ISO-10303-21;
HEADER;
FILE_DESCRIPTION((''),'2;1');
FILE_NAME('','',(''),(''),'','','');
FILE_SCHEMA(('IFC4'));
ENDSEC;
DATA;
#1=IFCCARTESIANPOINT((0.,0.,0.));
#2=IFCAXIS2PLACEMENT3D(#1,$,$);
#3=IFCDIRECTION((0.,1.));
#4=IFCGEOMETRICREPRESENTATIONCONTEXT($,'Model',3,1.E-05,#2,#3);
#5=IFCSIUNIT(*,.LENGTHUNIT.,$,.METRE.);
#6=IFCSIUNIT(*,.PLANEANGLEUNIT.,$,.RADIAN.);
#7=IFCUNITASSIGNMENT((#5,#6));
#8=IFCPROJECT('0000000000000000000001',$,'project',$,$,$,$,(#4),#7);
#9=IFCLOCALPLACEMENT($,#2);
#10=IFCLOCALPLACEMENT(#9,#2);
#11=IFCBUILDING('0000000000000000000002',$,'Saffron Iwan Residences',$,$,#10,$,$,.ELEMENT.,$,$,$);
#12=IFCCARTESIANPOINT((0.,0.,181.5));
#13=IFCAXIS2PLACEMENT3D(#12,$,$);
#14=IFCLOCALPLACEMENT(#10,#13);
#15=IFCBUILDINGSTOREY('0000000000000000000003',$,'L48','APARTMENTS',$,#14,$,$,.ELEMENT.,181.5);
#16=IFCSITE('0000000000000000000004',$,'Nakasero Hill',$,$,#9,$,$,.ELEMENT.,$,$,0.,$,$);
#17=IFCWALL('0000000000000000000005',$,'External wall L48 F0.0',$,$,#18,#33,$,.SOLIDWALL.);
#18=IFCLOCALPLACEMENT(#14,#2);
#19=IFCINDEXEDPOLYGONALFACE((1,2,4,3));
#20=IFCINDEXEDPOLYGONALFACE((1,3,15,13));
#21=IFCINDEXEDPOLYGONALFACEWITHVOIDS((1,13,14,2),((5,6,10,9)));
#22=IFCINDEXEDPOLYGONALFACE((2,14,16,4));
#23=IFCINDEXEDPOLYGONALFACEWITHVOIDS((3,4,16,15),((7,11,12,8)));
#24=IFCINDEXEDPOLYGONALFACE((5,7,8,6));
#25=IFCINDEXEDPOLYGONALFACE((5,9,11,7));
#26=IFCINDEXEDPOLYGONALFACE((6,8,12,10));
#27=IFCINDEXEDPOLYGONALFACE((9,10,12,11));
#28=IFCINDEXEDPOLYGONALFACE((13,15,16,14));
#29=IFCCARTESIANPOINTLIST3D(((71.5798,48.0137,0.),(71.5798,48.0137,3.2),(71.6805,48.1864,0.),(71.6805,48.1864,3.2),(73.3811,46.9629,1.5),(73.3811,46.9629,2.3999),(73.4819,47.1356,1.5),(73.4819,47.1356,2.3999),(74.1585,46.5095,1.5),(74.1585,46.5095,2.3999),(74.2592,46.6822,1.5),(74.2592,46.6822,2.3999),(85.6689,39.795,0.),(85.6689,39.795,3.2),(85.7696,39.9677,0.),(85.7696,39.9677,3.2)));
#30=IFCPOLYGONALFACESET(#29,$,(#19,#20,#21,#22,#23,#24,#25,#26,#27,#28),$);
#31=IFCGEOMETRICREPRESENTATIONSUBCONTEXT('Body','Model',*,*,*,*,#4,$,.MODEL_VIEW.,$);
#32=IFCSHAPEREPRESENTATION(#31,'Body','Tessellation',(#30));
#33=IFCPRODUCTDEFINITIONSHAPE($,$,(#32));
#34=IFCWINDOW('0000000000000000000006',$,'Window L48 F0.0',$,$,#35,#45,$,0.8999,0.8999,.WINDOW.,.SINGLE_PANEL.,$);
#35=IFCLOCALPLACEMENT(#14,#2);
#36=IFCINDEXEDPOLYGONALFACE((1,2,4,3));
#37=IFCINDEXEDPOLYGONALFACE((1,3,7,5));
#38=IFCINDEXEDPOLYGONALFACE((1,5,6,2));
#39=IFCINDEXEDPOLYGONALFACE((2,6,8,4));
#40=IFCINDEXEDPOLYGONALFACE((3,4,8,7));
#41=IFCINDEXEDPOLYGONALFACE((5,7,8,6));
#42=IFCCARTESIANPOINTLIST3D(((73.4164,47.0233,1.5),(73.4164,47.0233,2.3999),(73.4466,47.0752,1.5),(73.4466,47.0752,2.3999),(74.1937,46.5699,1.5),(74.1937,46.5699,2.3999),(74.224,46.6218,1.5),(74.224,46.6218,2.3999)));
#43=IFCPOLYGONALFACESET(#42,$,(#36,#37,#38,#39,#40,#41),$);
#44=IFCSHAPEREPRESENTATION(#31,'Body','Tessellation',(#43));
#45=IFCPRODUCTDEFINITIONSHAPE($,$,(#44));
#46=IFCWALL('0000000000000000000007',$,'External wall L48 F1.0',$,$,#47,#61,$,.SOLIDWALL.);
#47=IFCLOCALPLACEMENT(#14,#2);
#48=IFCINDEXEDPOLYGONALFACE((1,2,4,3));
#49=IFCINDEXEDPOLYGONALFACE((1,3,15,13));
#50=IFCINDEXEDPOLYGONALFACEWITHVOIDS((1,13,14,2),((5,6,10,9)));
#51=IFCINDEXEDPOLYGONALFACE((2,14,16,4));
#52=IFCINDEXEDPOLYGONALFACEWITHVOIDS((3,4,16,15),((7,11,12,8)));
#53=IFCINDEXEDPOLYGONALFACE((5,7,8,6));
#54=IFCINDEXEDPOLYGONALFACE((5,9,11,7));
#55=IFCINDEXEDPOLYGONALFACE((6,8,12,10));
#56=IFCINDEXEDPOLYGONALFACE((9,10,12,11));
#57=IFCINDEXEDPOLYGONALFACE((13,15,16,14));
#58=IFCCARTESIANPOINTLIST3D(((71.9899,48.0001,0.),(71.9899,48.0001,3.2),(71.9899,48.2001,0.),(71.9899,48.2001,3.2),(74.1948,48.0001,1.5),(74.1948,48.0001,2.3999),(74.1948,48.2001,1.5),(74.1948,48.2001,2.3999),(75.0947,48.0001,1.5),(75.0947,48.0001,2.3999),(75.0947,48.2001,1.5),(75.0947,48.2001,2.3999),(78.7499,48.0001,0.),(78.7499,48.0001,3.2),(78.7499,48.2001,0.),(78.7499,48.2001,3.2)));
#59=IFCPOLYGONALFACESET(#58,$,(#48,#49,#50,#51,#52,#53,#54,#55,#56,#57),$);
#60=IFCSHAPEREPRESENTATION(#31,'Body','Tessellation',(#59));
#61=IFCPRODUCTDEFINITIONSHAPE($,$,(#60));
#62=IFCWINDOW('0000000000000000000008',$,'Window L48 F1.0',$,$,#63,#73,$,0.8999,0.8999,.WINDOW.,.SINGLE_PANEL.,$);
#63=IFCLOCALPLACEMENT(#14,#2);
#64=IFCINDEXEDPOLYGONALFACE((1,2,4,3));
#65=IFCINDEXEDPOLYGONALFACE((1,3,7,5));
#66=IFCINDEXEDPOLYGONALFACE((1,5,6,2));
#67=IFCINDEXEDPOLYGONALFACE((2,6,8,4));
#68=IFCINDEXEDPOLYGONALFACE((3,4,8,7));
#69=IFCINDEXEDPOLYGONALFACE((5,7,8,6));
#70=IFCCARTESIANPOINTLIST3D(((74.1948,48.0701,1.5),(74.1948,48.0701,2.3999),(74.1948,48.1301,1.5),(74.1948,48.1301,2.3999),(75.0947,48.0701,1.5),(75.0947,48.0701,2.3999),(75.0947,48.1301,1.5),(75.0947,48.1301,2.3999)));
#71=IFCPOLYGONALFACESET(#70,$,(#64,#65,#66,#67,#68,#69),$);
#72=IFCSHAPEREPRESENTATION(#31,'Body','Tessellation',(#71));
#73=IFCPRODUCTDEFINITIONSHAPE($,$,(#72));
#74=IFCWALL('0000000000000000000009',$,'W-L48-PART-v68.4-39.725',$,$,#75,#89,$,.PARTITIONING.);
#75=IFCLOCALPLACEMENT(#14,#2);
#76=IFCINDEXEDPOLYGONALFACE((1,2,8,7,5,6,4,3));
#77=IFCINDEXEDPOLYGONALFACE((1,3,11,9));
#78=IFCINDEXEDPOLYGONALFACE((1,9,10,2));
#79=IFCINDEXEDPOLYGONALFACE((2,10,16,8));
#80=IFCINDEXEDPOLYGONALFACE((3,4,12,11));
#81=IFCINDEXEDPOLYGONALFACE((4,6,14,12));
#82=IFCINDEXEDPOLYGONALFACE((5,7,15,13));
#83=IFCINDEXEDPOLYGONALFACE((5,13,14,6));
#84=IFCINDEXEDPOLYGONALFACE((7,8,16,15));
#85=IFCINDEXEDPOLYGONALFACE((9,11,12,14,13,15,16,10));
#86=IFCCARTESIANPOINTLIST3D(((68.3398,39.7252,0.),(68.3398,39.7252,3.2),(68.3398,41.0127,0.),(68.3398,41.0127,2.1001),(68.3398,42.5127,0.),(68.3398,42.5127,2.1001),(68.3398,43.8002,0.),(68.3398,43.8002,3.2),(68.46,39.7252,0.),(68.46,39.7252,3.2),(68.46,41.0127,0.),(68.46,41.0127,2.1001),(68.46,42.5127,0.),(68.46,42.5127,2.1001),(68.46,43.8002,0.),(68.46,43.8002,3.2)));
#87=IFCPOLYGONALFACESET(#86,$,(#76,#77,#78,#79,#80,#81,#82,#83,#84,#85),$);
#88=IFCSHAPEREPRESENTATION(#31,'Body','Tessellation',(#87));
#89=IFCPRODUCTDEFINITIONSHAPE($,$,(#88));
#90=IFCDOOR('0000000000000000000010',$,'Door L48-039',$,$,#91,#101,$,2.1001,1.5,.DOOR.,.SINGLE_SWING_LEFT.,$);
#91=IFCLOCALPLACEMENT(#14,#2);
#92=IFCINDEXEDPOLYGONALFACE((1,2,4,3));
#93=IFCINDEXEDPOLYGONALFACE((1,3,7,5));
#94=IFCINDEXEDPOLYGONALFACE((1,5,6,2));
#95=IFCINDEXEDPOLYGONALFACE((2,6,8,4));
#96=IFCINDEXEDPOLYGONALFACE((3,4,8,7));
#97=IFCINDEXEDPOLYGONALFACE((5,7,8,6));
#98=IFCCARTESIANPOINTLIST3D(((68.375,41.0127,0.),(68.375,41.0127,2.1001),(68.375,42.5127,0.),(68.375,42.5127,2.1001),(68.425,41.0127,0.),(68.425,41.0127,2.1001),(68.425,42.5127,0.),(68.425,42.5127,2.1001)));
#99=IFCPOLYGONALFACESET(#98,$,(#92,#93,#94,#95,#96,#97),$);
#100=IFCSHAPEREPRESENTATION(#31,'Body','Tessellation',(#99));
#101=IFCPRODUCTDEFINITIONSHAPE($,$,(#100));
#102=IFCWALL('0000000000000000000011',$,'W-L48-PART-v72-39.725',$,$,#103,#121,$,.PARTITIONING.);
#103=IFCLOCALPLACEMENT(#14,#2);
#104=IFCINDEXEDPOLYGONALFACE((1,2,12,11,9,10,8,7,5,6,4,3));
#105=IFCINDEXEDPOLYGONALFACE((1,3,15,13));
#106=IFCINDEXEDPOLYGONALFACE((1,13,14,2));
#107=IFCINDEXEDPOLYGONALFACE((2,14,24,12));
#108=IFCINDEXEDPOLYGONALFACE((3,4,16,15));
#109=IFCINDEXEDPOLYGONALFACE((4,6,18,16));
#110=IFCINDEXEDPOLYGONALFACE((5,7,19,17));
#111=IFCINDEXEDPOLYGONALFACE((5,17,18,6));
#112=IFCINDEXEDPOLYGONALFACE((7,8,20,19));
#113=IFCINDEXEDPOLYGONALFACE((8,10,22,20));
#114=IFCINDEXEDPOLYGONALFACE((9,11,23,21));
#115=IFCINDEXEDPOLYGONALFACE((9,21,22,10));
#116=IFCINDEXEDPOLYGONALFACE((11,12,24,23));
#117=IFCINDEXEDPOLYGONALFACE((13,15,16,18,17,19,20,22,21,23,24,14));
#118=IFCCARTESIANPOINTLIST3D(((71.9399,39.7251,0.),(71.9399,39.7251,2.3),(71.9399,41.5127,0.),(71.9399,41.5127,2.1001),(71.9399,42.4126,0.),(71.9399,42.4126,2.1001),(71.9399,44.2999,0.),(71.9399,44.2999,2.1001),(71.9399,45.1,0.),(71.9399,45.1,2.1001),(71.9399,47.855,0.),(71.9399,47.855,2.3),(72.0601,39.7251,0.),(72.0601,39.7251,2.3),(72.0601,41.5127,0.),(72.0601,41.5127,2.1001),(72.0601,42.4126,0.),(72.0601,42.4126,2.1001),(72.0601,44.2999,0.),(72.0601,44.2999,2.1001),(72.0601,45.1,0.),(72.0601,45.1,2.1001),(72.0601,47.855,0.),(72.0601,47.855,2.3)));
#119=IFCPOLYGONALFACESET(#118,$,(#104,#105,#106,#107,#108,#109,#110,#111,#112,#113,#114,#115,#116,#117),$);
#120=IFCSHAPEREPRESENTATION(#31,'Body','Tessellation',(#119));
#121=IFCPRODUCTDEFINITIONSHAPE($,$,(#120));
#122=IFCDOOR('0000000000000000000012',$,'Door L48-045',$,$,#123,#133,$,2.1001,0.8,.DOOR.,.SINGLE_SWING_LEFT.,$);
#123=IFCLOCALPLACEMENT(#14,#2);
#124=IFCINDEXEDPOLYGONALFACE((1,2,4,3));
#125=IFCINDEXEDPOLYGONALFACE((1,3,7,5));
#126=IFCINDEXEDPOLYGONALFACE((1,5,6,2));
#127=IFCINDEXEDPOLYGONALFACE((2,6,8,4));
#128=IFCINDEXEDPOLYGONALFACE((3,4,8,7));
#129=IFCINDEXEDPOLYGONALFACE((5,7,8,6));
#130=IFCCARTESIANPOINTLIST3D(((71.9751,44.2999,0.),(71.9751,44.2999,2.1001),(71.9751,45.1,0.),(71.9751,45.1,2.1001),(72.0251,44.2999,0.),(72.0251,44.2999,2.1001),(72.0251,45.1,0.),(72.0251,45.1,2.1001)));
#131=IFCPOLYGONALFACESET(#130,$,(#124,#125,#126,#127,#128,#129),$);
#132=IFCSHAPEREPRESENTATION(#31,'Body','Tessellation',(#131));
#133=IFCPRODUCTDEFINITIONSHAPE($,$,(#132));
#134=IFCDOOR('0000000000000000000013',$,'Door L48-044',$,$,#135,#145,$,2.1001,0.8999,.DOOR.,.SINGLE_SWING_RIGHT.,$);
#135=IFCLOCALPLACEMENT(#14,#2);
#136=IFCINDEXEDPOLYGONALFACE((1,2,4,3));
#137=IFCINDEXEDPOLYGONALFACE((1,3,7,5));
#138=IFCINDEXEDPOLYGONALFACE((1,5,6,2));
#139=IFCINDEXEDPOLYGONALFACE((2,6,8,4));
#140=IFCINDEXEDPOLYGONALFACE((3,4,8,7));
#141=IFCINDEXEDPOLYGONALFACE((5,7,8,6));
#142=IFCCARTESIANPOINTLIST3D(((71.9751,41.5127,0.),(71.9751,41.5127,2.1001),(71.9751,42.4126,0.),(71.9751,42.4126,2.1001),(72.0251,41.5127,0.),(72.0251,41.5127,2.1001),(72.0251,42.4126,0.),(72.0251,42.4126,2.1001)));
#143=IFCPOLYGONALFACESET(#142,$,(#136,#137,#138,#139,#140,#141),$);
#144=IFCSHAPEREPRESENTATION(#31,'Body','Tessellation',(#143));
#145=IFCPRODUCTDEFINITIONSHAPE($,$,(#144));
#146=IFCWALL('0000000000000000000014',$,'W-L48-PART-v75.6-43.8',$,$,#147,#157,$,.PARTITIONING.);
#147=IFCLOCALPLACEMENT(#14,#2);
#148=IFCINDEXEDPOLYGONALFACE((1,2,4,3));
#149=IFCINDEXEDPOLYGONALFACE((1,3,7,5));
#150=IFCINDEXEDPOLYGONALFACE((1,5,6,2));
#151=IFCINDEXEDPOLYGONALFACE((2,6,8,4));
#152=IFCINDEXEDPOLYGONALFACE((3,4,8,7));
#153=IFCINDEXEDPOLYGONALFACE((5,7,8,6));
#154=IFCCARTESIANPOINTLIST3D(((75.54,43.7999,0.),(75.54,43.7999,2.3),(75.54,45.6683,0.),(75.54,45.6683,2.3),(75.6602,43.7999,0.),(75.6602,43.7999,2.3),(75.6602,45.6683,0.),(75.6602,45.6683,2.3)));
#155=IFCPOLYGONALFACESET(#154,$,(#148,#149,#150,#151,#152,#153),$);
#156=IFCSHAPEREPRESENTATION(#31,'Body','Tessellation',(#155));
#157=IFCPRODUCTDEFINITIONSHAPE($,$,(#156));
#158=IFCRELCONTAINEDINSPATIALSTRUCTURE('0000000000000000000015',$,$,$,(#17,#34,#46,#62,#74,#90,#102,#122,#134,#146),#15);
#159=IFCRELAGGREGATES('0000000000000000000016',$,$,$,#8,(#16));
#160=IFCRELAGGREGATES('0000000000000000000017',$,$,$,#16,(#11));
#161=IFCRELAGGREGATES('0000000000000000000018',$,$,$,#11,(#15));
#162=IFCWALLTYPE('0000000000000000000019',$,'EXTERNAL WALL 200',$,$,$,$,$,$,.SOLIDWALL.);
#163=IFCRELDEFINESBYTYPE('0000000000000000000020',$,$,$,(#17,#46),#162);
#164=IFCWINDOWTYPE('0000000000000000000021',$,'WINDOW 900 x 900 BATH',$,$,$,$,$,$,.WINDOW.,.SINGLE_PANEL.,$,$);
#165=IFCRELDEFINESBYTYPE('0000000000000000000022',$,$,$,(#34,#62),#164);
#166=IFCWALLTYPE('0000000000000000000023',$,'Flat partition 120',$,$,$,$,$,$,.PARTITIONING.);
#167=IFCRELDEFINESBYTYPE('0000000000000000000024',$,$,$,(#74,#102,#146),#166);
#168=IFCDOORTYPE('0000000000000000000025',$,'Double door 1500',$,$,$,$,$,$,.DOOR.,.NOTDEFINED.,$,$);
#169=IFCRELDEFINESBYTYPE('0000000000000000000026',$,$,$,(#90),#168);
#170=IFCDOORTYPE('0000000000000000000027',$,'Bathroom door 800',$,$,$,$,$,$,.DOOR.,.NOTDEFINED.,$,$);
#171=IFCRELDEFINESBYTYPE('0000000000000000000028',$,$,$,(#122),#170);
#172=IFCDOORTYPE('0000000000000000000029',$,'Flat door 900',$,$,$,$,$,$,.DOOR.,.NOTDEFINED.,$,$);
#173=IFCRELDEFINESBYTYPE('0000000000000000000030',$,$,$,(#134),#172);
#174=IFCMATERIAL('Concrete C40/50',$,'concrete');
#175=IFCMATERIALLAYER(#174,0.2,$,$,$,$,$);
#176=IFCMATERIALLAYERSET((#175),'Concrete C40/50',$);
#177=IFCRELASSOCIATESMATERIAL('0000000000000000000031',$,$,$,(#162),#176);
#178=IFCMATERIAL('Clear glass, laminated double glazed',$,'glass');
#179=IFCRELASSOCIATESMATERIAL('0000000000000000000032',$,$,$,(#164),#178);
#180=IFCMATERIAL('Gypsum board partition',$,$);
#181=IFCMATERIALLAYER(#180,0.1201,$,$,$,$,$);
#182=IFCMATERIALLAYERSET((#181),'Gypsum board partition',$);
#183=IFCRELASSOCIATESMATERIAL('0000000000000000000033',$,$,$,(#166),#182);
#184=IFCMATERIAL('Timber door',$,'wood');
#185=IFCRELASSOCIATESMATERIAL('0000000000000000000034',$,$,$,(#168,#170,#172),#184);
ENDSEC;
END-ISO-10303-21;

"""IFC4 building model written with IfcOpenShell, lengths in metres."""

from ifc_helpers import new_model, si_unit, direction, frame, frame_2d, origin, place, context, subcontext, project, spatial, rectangle, extrude, material, layer, layer_set, type_object, element, fill, save


model = new_model("IFC4")

# Units and contexts
model_context = context("Model", 3, precision=1e-05, world=origin(), true_north=direction((0.0, 1.0)))
body_context = subcontext(model_context, "Body", "Model", "MODEL_VIEW")
ifc_project = project(units=[si_unit("LENGTHUNIT", "METRE"), si_unit("PLANEANGLEUNIT", "RADIAN")], contexts=[model_context])

# Site, building, storey
site_placement = place(None, origin())
site = spatial("IfcSite", under=ifc_project, at=site_placement, Name="Nakasero Hill", CompositionType="ELEMENT", RefElevation=0.0)
building_placement = place(site_placement, origin())
building = spatial("IfcBuilding", under=site, at=building_placement, Name="Saffron Iwan Residences", CompositionType="ELEMENT")
storey_placement = place(building_placement, frame((0.0, 0.0, 181.5)))
storey = spatial("IfcBuildingStorey", under=building, at=storey_placement, Name="L48", Description="APARTMENTS", CompositionType="ELEMENT", Elevation=181.5)

# Walls, openings, windows
ifc_material_1 = material(Name="Concrete C40/50", Category="concrete")
ifc_layer_1 = layer(ifc_material_1, 0.2)
ifc_layer_set_1 = layer_set([ifc_layer_1], Name="Concrete C40/50")
wall_type_1 = type_object("IfcWallType", Name="EXTERNAL WALL 200", PredefinedType="SOLIDWALL", material=ifc_layer_set_1)
wall_1_placement = place(storey_placement, frame((85.7192, 39.8813, 0.0), z_axis=(0.0, 0.0, 1.0), x_axis=(-0.863776, 0.503876, 0.0)))
wall_1 = element("IfcWall", 1, at=wall_1_placement, inside=storey, type_object=wall_type_1, Name="External wall L48 F0.0", PredefinedType="SOLIDWALL", context=body_context, shape_type="SweptSolid", body=[
    extrude(rectangle(XDim=16.311, YDim=0.2, at=frame_2d((8.1555, 0.0))), origin(), (0.0, 0.0, 1.0), 3.2),
])
opening_1_placement = place(wall_1_placement, frame((13.3257, 0.0, 1.5)))
opening_1 = element("IfcOpeningElement", 2, at=opening_1_placement, cuts=wall_1, PredefinedType="OPENING", context=body_context, shape_type="SweptSolid", body=[
    extrude(rectangle(XDim=0.8999, YDim=0.8999, at=frame_2d((0.45, 0.45))), frame((0.0, 0.1099, 0.0), z_axis=(0.0, -1.0, 0.0), x_axis=(1.0, 0.0, 0.0)), (0.0, 0.0, 1.0), 0.22),
])
ifc_material_2 = material(Name="Clear glass, laminated double glazed", Category="glass")
window_type = type_object("IfcWindowType", Name="WINDOW 900 x 900 BATH", PartitioningType="SINGLE_PANEL", PredefinedType="WINDOW", material=ifc_material_2)
window_1_placement = place(opening_1_placement, origin())
window_1 = element("IfcWindow", 3, at=window_1_placement, inside=storey, type_object=window_type, Name="Window L48 F0.0", OverallHeight=0.8999, OverallWidth=0.8999, PartitioningType="SINGLE_PANEL", PredefinedType="WINDOW", context=body_context, shape_type="SweptSolid", body=[
    extrude(rectangle(XDim=0.8999, YDim=0.8999, at=frame_2d((0.45, 0.45))), frame((0.0, 0.03, 0.0), z_axis=(0.0, -1.0, 0.0), x_axis=(1.0, 0.0, 0.0)), (0.0, 0.0, 1.0), 0.0601),
])
fill(opening_1, window_1)
wall_2_placement = place(storey_placement, frame((71.99, 48.1001, 0.0), z_axis=(0.0, 0.0, 1.0), x_axis=(1.0, 0.0, 0.0)))
wall_2 = element("IfcWall", 4, at=wall_2_placement, inside=storey, type_object=wall_type_1, Name="External wall L48 F1.0", PredefinedType="SOLIDWALL", context=body_context, shape_type="SweptSolid", body=[
    extrude(rectangle(XDim=6.76, YDim=0.2, at=frame_2d((3.3799, 0.0))), origin(), (0.0, 0.0, 1.0), 3.2),
])
opening_2_placement = place(wall_2_placement, frame((2.2048, 0.0, 1.5)))
opening_2 = element("IfcOpeningElement", 5, at=opening_2_placement, cuts=wall_2, PredefinedType="OPENING", context=body_context, shape_type="SweptSolid", body=[
    extrude(rectangle(XDim=0.8999, YDim=0.8999, at=frame_2d((0.45, 0.45))), frame((0.0, 0.1099, 0.0), z_axis=(0.0, -1.0, 0.0), x_axis=(1.0, 0.0, 0.0)), (0.0, 0.0, 1.0), 0.22),
])
window_2_placement = place(opening_2_placement, origin())
window_2 = element("IfcWindow", 6, at=window_2_placement, inside=storey, type_object=window_type, Name="Window L48 F1.0", OverallHeight=0.8999, OverallWidth=0.8999, PartitioningType="SINGLE_PANEL", PredefinedType="WINDOW", context=body_context, shape_type="SweptSolid", body=[
    extrude(rectangle(XDim=0.8999, YDim=0.8999, at=frame_2d((0.45, 0.45))), frame((0.0, 0.03, 0.0), z_axis=(0.0, -1.0, 0.0), x_axis=(1.0, 0.0, 0.0)), (0.0, 0.0, 1.0), 0.0601),
])
fill(opening_2, window_2)

# Wall, opening, door
ifc_material_3 = material(Name="Gypsum board partition")
ifc_layer_2 = layer(ifc_material_3, 0.1201)
ifc_layer_set_2 = layer_set([ifc_layer_2], Name="Gypsum board partition")
wall_type_2 = type_object("IfcWallType", Name="Flat partition 120", PredefinedType="PARTITIONING", material=ifc_layer_set_2)
wall_3_placement = place(storey_placement, frame((68.3999, 39.7251, 0.0), z_axis=(0.0, 0.0, 1.0), x_axis=(0.0, 1.0, 0.0)))
wall_3 = element("IfcWall", 7, at=wall_3_placement, inside=storey, type_object=wall_type_2, Name="W-L48-PART-v68.4-39.725", PredefinedType="PARTITIONING", context=body_context, shape_type="SweptSolid", body=[
    extrude(rectangle(XDim=4.075, YDim=0.1201, at=frame_2d((2.0376, 0.0))), origin(), (0.0, 0.0, 1.0), 3.2),
])
opening_3_placement = place(wall_3_placement, frame((1.2876, 0.0, 0.0)))
opening_3 = element("IfcOpeningElement", 8, at=opening_3_placement, cuts=wall_3, PredefinedType="OPENING", context=body_context, shape_type="SweptSolid", body=[
    extrude(rectangle(XDim=1.5, YDim=2.1001, at=frame_2d((0.75, 1.05))), frame((0.0, 0.0701, 0.0), z_axis=(0.0, -1.0, 0.0), x_axis=(1.0, 0.0, 0.0)), (0.0, 0.0, 1.0), 0.1401),
])
ifc_material_4 = material(Name="Timber door", Category="wood")
door_type_1 = type_object("IfcDoorType", Name="Double door 1500", OperationType="NOTDEFINED", PredefinedType="DOOR", material=ifc_material_4)
door_1_placement = place(opening_3_placement, origin())
door_1 = element("IfcDoor", 9, at=door_1_placement, inside=storey, type_object=door_type_1, Name="Door L48-039", OperationType="SINGLE_SWING_LEFT", OverallHeight=2.1001, OverallWidth=1.5, PredefinedType="DOOR", context=body_context, shape_type="SweptSolid", body=[
    extrude(rectangle(XDim=1.5, YDim=2.1001, at=frame_2d((0.75, 1.05))), frame((0.0, 0.0249, 0.0), z_axis=(0.0, -1.0, 0.0), x_axis=(1.0, 0.0, 0.0)), (0.0, 0.0, 1.0), 0.05),
])
fill(opening_3, door_1)

# Wall, openings, doors
wall_4_placement = place(storey_placement, frame((72.0, 39.7251, 0.0), z_axis=(0.0, 0.0, 1.0), x_axis=(0.0, 1.0, 0.0)))
wall_4 = element("IfcWall", 10, at=wall_4_placement, inside=storey, type_object=wall_type_2, Name="W-L48-PART-v72-39.725", PredefinedType="PARTITIONING", context=body_context, shape_type="SweptSolid", body=[
    extrude(rectangle(XDim=8.1299, YDim=0.1201, at=frame_2d((4.0649, 0.0))), origin(), (0.0, 0.0, 1.0), 2.3),
])
opening_4_placement = place(wall_4_placement, frame((1.7876, 0.0, 0.0)))
opening_4 = element("IfcOpeningElement", 11, at=opening_4_placement, cuts=wall_4, PredefinedType="OPENING", context=body_context, shape_type="SweptSolid", body=[
    extrude(rectangle(XDim=0.8999, YDim=2.1001, at=frame_2d((0.45, 1.05))), frame((0.0, 0.0701, 0.0), z_axis=(0.0, -1.0, 0.0), x_axis=(1.0, 0.0, 0.0)), (0.0, 0.0, 1.0), 0.1401),
])
opening_5_placement = place(wall_4_placement, frame((4.575, 0.0, 0.0)))
opening_5 = element("IfcOpeningElement", 12, at=opening_5_placement, cuts=wall_4, PredefinedType="OPENING", context=body_context, shape_type="SweptSolid", body=[
    extrude(rectangle(XDim=0.8, YDim=2.1001, at=frame_2d((0.3999, 1.05))), frame((0.0, 0.0701, 0.0), z_axis=(0.0, -1.0, 0.0), x_axis=(1.0, 0.0, 0.0)), (0.0, 0.0, 1.0), 0.1401),
])
door_type_2 = type_object("IfcDoorType", Name="Bathroom door 800", OperationType="NOTDEFINED", PredefinedType="DOOR", material=ifc_material_4)
door_2_placement = place(opening_5_placement, origin())
door_2 = element("IfcDoor", 13, at=door_2_placement, inside=storey, type_object=door_type_2, Name="Door L48-045", OperationType="SINGLE_SWING_LEFT", OverallHeight=2.1001, OverallWidth=0.8, PredefinedType="DOOR", context=body_context, shape_type="SweptSolid", body=[
    extrude(rectangle(XDim=0.8, YDim=2.1001, at=frame_2d((0.3999, 1.05))), frame((0.0, 0.0249, 0.0), z_axis=(0.0, -1.0, 0.0), x_axis=(1.0, 0.0, 0.0)), (0.0, 0.0, 1.0), 0.05),
])
fill(opening_5, door_2)
door_type_3 = type_object("IfcDoorType", Name="Flat door 900", OperationType="NOTDEFINED", PredefinedType="DOOR", material=ifc_material_4)
door_3_placement = place(opening_4_placement, origin())
door_3 = element("IfcDoor", 14, at=door_3_placement, inside=storey, type_object=door_type_3, Name="Door L48-044", OperationType="SINGLE_SWING_RIGHT", OverallHeight=2.1001, OverallWidth=0.8999, PredefinedType="DOOR", context=body_context, shape_type="SweptSolid", body=[
    extrude(rectangle(XDim=0.8999, YDim=2.1001, at=frame_2d((0.45, 1.05))), frame((0.0, 0.0249, 0.0), z_axis=(0.0, -1.0, 0.0), x_axis=(1.0, 0.0, 0.0)), (0.0, 0.0, 1.0), 0.05),
])
fill(opening_4, door_3)

# Wall
wall_5_placement = place(storey_placement, frame((75.6001, 43.8, 0.0), z_axis=(0.0, 0.0, 1.0), x_axis=(0.0, 1.0, 0.0)))
element("IfcWall", 15, at=wall_5_placement, inside=storey, type_object=wall_type_2, Name="W-L48-PART-v75.6-43.8", PredefinedType="PARTITIONING", context=body_context, shape_type="SweptSolid", body=[
    extrude(rectangle(XDim=1.8684, YDim=0.1201, at=frame_2d((0.9341, 0.0))), origin(), (0.0, 0.0, 1.0), 2.3),
])

save(model, "model.ifc")
